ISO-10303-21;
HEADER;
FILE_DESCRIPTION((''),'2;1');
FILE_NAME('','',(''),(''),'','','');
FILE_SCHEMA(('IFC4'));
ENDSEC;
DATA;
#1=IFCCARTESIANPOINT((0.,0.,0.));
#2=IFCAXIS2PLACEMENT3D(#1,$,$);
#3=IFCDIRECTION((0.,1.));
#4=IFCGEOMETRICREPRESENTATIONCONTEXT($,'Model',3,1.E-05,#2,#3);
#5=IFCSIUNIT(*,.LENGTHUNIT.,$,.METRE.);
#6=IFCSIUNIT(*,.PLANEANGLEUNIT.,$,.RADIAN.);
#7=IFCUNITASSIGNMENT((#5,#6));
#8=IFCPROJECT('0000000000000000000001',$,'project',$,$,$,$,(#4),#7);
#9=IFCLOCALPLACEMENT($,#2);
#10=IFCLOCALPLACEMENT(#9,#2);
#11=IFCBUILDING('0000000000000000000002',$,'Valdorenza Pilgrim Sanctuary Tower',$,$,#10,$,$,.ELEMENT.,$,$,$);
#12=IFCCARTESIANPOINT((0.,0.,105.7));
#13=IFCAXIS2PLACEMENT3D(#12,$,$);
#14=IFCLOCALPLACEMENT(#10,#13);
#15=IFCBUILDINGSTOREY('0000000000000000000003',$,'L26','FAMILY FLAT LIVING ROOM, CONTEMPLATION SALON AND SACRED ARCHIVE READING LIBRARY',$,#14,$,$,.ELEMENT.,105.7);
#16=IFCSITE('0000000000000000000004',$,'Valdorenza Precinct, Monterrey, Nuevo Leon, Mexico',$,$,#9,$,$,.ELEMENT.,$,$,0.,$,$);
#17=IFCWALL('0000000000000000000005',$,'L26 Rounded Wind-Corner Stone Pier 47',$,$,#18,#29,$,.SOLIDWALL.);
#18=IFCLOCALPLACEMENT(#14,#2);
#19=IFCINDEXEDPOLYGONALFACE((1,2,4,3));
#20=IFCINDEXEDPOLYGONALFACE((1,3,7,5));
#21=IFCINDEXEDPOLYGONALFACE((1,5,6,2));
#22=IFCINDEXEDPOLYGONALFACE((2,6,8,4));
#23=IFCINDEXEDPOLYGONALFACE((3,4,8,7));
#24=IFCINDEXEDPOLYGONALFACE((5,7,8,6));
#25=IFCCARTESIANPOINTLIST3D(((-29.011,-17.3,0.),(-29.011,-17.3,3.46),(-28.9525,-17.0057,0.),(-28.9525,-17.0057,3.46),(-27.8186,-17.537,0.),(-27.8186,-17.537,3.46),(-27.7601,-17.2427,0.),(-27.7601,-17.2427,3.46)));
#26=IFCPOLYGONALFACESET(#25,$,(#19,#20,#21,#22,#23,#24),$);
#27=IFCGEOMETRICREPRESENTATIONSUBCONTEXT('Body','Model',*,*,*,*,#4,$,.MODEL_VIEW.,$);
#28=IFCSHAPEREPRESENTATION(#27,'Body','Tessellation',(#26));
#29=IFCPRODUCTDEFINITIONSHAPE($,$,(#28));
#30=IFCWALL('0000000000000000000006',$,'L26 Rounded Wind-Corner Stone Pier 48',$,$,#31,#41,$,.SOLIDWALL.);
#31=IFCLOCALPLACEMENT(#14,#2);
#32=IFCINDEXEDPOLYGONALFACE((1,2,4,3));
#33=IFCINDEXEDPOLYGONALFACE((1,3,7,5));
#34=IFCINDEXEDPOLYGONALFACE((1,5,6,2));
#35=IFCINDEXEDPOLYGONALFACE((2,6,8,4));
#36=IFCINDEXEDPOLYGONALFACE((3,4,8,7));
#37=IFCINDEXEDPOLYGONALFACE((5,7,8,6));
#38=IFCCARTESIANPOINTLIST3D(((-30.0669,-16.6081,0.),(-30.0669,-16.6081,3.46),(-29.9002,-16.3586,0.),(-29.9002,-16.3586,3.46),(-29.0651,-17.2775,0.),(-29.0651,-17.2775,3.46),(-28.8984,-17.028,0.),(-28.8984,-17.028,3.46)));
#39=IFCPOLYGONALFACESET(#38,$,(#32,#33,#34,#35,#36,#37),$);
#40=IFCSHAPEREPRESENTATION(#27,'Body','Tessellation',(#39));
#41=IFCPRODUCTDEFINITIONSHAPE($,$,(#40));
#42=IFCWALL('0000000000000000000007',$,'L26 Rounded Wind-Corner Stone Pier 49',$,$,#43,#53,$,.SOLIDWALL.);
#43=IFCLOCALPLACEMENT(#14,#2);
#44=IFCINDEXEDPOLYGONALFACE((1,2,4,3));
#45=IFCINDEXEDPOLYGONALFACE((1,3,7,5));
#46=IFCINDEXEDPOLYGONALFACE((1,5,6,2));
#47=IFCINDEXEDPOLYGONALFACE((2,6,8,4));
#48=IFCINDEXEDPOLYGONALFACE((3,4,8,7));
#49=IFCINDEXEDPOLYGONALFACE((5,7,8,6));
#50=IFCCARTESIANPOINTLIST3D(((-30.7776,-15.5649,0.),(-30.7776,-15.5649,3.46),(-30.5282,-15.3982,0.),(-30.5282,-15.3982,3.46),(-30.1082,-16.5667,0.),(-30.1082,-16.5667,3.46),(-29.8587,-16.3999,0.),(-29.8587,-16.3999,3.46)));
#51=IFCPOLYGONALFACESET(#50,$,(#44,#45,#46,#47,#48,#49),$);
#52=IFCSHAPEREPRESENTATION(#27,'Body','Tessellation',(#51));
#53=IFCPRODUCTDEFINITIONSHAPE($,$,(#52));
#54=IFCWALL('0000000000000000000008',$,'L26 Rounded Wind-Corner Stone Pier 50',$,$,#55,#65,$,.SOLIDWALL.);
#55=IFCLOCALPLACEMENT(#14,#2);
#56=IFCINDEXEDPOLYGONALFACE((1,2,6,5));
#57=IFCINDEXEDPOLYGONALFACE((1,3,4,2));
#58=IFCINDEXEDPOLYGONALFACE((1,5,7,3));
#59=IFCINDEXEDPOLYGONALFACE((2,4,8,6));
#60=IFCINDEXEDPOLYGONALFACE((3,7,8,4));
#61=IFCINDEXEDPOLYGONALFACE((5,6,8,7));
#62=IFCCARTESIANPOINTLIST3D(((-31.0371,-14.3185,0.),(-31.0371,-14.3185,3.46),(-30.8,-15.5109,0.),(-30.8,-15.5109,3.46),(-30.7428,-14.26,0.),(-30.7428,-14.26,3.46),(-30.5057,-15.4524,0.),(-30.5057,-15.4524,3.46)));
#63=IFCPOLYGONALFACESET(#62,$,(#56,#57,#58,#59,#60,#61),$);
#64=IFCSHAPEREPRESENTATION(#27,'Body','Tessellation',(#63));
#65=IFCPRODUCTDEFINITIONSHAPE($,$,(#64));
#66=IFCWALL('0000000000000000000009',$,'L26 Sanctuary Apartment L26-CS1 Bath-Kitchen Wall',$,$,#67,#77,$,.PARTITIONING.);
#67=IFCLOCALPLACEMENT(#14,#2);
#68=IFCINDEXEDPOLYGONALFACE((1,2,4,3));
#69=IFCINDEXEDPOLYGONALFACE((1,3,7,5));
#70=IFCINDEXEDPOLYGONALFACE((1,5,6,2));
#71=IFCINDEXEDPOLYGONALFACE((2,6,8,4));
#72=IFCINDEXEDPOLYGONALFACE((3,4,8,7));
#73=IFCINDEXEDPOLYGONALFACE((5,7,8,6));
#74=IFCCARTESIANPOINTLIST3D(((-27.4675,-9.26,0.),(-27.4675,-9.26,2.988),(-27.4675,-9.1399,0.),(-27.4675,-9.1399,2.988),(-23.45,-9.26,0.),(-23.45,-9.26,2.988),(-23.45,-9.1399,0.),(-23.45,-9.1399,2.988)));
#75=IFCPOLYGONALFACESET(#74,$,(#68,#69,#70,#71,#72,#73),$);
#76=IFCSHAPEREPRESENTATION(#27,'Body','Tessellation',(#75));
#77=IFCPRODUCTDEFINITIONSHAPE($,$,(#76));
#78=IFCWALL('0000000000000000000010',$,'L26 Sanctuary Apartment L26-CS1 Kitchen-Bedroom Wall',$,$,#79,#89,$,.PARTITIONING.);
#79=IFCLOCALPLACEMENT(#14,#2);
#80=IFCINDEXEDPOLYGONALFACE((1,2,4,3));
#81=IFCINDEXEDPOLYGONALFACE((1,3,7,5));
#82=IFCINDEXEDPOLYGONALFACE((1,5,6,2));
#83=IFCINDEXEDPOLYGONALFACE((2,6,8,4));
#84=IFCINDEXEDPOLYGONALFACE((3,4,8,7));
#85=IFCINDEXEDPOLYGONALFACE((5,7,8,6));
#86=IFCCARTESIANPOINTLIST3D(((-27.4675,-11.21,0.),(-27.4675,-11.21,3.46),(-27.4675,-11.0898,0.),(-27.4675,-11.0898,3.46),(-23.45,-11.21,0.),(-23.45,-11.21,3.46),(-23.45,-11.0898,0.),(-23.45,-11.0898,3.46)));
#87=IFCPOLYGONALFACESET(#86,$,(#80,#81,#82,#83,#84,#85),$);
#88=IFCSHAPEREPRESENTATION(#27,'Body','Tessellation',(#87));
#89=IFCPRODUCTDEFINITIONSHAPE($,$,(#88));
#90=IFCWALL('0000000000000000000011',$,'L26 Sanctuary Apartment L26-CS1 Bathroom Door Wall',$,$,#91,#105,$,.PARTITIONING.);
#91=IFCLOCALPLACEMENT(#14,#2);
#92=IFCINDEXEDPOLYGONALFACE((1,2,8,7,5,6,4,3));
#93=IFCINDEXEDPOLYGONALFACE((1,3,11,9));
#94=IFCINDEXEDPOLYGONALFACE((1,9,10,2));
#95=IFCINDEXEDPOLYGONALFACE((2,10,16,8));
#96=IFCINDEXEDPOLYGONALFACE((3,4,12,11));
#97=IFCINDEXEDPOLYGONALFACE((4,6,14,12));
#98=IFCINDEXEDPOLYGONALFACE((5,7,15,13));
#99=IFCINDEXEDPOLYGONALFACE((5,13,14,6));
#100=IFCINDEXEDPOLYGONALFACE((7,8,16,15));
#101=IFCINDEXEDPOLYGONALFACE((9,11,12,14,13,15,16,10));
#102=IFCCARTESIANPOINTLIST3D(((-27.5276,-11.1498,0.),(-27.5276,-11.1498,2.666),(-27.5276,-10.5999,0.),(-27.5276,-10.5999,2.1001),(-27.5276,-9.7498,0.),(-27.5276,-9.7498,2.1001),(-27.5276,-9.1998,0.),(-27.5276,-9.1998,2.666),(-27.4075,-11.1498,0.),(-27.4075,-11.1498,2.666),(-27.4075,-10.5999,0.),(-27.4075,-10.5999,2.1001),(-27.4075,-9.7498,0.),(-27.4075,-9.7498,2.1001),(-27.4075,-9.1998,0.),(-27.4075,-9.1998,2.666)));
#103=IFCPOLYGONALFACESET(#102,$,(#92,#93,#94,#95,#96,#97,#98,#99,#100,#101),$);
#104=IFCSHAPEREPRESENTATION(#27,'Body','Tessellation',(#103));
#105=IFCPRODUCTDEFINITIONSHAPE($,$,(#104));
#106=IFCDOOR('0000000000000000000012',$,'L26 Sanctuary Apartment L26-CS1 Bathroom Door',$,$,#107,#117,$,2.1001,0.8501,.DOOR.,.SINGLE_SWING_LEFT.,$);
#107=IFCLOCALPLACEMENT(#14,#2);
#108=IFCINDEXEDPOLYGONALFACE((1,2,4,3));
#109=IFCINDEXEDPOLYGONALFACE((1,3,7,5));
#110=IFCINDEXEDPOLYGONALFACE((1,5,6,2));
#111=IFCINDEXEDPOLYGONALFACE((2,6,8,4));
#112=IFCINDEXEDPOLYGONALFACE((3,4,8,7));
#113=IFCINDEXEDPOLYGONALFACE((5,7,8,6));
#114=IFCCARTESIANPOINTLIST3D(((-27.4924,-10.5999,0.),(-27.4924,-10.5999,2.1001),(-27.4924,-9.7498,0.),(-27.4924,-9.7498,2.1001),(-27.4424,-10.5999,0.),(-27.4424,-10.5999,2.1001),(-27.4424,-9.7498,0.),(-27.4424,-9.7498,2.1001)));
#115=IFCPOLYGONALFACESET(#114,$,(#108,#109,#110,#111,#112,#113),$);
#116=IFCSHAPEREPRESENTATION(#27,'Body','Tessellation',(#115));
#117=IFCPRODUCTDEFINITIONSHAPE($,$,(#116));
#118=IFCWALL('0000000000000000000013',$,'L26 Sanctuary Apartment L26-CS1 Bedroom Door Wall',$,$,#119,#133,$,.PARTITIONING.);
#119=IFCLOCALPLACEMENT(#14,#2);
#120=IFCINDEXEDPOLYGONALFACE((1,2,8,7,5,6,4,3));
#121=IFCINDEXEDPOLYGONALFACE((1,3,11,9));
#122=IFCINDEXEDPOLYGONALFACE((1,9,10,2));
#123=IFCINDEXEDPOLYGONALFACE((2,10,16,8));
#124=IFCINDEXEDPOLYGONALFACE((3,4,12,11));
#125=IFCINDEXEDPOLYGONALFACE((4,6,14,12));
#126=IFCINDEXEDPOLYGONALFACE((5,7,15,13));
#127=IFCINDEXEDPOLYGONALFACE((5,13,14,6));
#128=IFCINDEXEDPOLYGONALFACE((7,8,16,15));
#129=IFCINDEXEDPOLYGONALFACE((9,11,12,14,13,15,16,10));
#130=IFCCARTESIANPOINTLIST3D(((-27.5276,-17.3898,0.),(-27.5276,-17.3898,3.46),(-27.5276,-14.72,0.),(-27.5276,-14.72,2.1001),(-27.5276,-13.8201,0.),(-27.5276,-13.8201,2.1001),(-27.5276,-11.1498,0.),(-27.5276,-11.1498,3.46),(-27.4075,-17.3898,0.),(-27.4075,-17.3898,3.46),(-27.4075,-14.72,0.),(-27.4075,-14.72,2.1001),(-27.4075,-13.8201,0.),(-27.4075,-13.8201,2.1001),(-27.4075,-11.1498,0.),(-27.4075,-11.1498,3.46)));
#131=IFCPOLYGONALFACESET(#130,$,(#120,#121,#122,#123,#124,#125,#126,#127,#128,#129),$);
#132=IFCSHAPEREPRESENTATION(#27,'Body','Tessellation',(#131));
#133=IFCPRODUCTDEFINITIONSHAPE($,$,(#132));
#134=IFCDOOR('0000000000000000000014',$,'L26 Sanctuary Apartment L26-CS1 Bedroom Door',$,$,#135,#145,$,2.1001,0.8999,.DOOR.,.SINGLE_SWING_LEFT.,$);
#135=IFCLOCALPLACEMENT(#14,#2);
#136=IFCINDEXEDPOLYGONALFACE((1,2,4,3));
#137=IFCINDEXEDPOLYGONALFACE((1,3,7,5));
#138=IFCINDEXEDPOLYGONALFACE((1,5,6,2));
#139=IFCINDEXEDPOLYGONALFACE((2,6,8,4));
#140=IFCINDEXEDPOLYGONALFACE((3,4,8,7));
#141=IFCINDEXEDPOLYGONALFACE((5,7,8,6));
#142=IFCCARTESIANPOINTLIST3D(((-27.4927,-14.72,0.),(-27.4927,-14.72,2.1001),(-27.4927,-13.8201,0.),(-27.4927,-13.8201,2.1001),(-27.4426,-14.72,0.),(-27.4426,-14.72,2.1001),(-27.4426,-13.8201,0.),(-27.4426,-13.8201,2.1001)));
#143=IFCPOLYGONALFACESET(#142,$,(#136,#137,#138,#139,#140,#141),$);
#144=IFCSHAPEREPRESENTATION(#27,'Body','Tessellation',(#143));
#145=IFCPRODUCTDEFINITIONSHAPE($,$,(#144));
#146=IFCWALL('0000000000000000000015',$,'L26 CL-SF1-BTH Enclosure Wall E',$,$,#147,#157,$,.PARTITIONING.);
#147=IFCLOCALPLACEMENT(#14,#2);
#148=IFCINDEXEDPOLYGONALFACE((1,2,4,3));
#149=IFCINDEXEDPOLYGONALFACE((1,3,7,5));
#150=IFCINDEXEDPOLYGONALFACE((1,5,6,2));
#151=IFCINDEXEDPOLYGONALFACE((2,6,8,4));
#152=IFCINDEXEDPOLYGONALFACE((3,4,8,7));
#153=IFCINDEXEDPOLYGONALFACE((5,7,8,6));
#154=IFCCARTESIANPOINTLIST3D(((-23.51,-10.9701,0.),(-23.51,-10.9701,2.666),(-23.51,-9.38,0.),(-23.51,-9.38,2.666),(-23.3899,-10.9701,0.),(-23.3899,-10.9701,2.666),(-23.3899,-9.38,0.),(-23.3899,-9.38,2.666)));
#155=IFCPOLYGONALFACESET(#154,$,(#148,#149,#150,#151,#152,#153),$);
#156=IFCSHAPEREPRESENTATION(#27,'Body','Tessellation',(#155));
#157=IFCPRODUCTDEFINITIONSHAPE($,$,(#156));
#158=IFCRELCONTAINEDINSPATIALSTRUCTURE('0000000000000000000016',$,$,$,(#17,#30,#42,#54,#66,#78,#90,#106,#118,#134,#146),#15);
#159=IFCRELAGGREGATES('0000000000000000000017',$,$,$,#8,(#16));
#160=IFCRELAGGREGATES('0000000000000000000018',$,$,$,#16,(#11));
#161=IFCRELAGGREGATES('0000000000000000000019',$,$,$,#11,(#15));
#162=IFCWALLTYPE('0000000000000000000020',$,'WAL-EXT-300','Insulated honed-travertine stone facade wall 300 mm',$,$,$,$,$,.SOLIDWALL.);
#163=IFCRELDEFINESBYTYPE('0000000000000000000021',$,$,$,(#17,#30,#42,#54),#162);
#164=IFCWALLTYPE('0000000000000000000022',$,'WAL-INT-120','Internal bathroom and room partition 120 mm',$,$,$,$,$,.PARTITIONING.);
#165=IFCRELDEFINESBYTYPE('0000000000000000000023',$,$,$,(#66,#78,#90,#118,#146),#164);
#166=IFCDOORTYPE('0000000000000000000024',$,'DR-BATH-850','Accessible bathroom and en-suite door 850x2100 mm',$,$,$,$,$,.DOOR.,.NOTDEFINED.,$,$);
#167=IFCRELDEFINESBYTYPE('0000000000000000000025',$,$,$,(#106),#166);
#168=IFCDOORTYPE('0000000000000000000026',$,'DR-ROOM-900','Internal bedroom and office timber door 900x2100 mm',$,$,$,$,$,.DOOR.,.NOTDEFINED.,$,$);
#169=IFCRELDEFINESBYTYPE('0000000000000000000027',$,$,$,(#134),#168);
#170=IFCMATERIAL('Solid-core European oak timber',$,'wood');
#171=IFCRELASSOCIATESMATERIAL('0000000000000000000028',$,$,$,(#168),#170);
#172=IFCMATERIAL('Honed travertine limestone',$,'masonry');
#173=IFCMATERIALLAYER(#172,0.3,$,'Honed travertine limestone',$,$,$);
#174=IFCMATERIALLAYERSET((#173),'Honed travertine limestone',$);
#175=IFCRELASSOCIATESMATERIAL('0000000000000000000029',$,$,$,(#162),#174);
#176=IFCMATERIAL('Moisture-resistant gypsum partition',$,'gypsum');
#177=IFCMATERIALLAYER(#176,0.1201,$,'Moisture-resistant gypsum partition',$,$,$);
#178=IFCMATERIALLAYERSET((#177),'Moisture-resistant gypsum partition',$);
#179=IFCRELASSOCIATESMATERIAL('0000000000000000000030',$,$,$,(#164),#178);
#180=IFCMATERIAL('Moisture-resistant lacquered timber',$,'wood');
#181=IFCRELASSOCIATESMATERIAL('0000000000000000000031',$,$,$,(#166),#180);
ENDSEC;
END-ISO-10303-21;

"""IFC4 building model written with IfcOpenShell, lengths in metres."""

from ifc_helpers import new_model, si_unit, direction, frame, frame_2d, origin, place, context, subcontext, project, spatial, rectangle, extrude, material, layer, layer_set, type_object, element, fill, save


model = new_model("IFC4")

# Units and contexts
model_context = context("Model", 3, precision=1e-05, world=origin(), true_north=direction((0.0, 1.0)))
body_context = subcontext(model_context, "Body", "Model", "MODEL_VIEW")
ifc_project = project(units=[si_unit("LENGTHUNIT", "METRE"), si_unit("PLANEANGLEUNIT", "RADIAN")], contexts=[model_context])

# Site, building, storey
site_placement = place(None, origin())
site = spatial("IfcSite", under=ifc_project, at=site_placement, Name="Valdorenza Precinct, Monterrey, Nuevo Leon, Mexico", CompositionType="ELEMENT", RefElevation=0.0)
building_placement = place(site_placement, origin())
building = spatial("IfcBuilding", under=site, at=building_placement, Name="Valdorenza Pilgrim Sanctuary Tower", CompositionType="ELEMENT")
storey_placement = place(building_placement, frame((0.0, 0.0, 105.7)))
storey = spatial("IfcBuildingStorey", under=building, at=storey_placement, Name="L26", Description="FAMILY FLAT LIVING ROOM, CONTEMPLATION SALON AND SACRED ARCHIVE READING LIBRARY", CompositionType="ELEMENT", Elevation=105.7)

# Shared definitions
ifc_material_1 = material(Name="Honed travertine limestone", Category="masonry")

# Shared definitions
ifc_material_2 = material(Name="Solid-core European oak timber", Category="wood")
door_type_1 = type_object("IfcDoorType", Name="DR-ROOM-900", Description="Internal bedroom and office timber door 900x2100 mm", OperationType="NOTDEFINED", PredefinedType="DOOR", material=ifc_material_2)

# Walls
ifc_layer_1 = layer(ifc_material_1, 0.3, Name="Honed travertine limestone")
ifc_layer_set_1 = layer_set([ifc_layer_1], Name="Honed travertine limestone")
wall_type_1 = type_object("IfcWallType", Name="WAL-EXT-300", Description="Insulated honed-travertine stone facade wall 300 mm", PredefinedType="SOLIDWALL", material=ifc_layer_set_1)
wall_1_placement = place(storey_placement, frame((-27.7893, -17.3899, 0.0), z_axis=(0.0, 0.0, 1.0), x_axis=(-0.980804, 0.194996, 0.0)))
element("IfcWall", 1, at=wall_1_placement, inside=storey, type_object=wall_type_1, Name="L26 Rounded Wind-Corner Stone Pier 47", PredefinedType="SOLIDWALL", context=body_context, shape_type="SweptSolid", body=[
    extrude(rectangle(XDim=1.2158, YDim=0.3, at=frame_2d((0.6079, 0.0))), origin(), (0.0, 0.0, 1.0), 3.46),
])
for number, where, z_axis, x_axis, name in (
    (2, (-28.9817, -17.1528, 0.0), (0.0, 0.0, 1.0), (-0.831426, 0.555635, 0.0), "L26 Rounded Wind-Corner Stone Pier 48"),
    (3, (-29.9834, -16.4834, 0.0), (0.0, 0.0, 1.0), (-0.555635, 0.831426, 0.0), "L26 Rounded Wind-Corner Stone Pier 49"),
):
    element("IfcWall", number, at=place(storey_placement, frame(where, z_axis=z_axis, x_axis=x_axis)), inside=storey, type_object=wall_type_1, Name=name, PredefinedType="SOLIDWALL", context=body_context, shape_type="SweptSolid", body=[
        extrude(rectangle(XDim=1.2048, YDim=0.3, at=frame_2d((0.6025, 0.0))), origin(), (0.0, 0.0, 1.0), 3.46),
    ])
wall_2_placement = place(storey_placement, frame((-30.6528, -15.4817, 0.0), z_axis=(0.0, 0.0, 1.0), x_axis=(-0.194996, 0.980804, 0.0)))
element("IfcWall", 4, at=wall_2_placement, inside=storey, type_object=wall_type_1, Name="L26 Rounded Wind-Corner Stone Pier 50", PredefinedType="SOLIDWALL", context=body_context, shape_type="SweptSolid", body=[
    extrude(rectangle(XDim=1.2158, YDim=0.3, at=frame_2d((0.6079, 0.0))), origin(), (0.0, 0.0, 1.0), 3.46),
])
ifc_material_3 = material(Name="Moisture-resistant gypsum partition", Category="gypsum")
ifc_layer_2 = layer(ifc_material_3, 0.1201, Name="Moisture-resistant gypsum partition")
ifc_layer_set_2 = layer_set([ifc_layer_2], Name="Moisture-resistant gypsum partition")
wall_type_2 = type_object("IfcWallType", Name="WAL-INT-120", Description="Internal bathroom and room partition 120 mm", PredefinedType="PARTITIONING", material=ifc_layer_set_2)
wall_3_placement = place(storey_placement, frame((-27.4675, -9.2, 0.0), z_axis=(0.0, 0.0, 1.0), x_axis=(1.0, 0.0, 0.0)))
element("IfcWall", 5, at=wall_3_placement, inside=storey, type_object=wall_type_2, Name="L26 Sanctuary Apartment L26-CS1 Bath-Kitchen Wall", PredefinedType="PARTITIONING", context=body_context, shape_type="SweptSolid", body=[
    extrude(rectangle(XDim=4.0176, YDim=0.1201, at=frame_2d((2.0088, 0.0))), origin(), (0.0, 0.0, 1.0), 2.988),
])
wall_4_placement = place(storey_placement, frame((-27.4675, -11.1499, 0.0), z_axis=(0.0, 0.0, 1.0), x_axis=(1.0, 0.0, 0.0)))
element("IfcWall", 6, at=wall_4_placement, inside=storey, type_object=wall_type_2, Name="L26 Sanctuary Apartment L26-CS1 Kitchen-Bedroom Wall", PredefinedType="PARTITIONING", context=body_context, shape_type="SweptSolid", body=[
    extrude(rectangle(XDim=4.0176, YDim=0.1201, at=frame_2d((2.0088, 0.0))), origin(), (0.0, 0.0, 1.0), 3.46),
])

# Walls, openings, doors
wall_5_placement = place(storey_placement, frame((-27.4675, -11.1499, 0.0), z_axis=(0.0, 0.0, 1.0), x_axis=(0.0, 1.0, 0.0)))
wall_5 = element("IfcWall", 7, at=wall_5_placement, inside=storey, type_object=wall_type_2, Name="L26 Sanctuary Apartment L26-CS1 Bathroom Door Wall", PredefinedType="PARTITIONING", context=body_context, shape_type="SweptSolid", body=[
    extrude(rectangle(XDim=1.95, YDim=0.1201, at=frame_2d((0.9751, 0.0))), origin(), (0.0, 0.0, 1.0), 2.666),
])
opening_1_placement = place(wall_5_placement, frame((0.55, 0.0, 0.0)))
opening_1 = element("IfcOpeningElement", 8, at=opening_1_placement, cuts=wall_5, PredefinedType="OPENING", context=body_context, shape_type="SweptSolid", body=[
    extrude(rectangle(XDim=0.8501, YDim=2.1001, at=frame_2d((0.425, 1.05))), frame((0.0, 0.075, 0.0), z_axis=(0.0, -1.0, 0.0), x_axis=(1.0, 0.0, 0.0)), (0.0, 0.0, 1.0), 0.1499),
])
ifc_material_4 = material(Name="Moisture-resistant lacquered timber", Category="wood")
door_type_2 = type_object("IfcDoorType", Name="DR-BATH-850", Description="Accessible bathroom and en-suite door 850x2100 mm", OperationType="NOTDEFINED", PredefinedType="DOOR", material=ifc_material_4)
door_1_placement = place(opening_1_placement, origin())
door_1 = element("IfcDoor", 9, at=door_1_placement, inside=storey, type_object=door_type_2, Name="L26 Sanctuary Apartment L26-CS1 Bathroom Door", OperationType="SINGLE_SWING_LEFT", OverallHeight=2.1001, OverallWidth=0.8501, PredefinedType="DOOR", context=body_context, shape_type="SweptSolid", body=[
    extrude(rectangle(XDim=0.8501, YDim=2.1001, at=frame_2d((0.425, 1.05))), frame((0.0, 0.0249, 0.0), z_axis=(0.0, -1.0, 0.0), x_axis=(1.0, 0.0, 0.0)), (0.0, 0.0, 1.0), 0.05),
])
fill(opening_1, door_1)
wall_6_placement = place(storey_placement, frame((-27.4675, -17.3899, 0.0), z_axis=(0.0, 0.0, 1.0), x_axis=(0.0, 1.0, 0.0)))
wall_6 = element("IfcWall", 10, at=wall_6_placement, inside=storey, type_object=wall_type_2, Name="L26 Sanctuary Apartment L26-CS1 Bedroom Door Wall", PredefinedType="PARTITIONING", context=body_context, shape_type="SweptSolid", body=[
    extrude(rectangle(XDim=6.24, YDim=0.1201, at=frame_2d((3.1201, 0.0))), origin(), (0.0, 0.0, 1.0), 3.46),
])
opening_2_placement = place(wall_6_placement, frame((2.6699, 0.0, 0.0)))
opening_2 = element("IfcOpeningElement", 11, at=opening_2_placement, cuts=wall_6, PredefinedType="OPENING", context=body_context, shape_type="SweptSolid", body=[
    extrude(rectangle(XDim=0.8999, YDim=2.1001, at=frame_2d((0.45, 1.05))), frame((0.0, 0.075, 0.0), z_axis=(0.0, -1.0, 0.0), x_axis=(1.0, 0.0, 0.0)), (0.0, 0.0, 1.0), 0.1499),
])
door_2_placement = place(opening_2_placement, frame((0.8999, 0.0, 0.0), z_axis=(0.0, 0.0, 1.0), x_axis=(-1.0, 0.0, 0.0)))
door_2 = element("IfcDoor", 12, at=door_2_placement, inside=storey, type_object=door_type_1, Name="L26 Sanctuary Apartment L26-CS1 Bedroom Door", OperationType="SINGLE_SWING_LEFT", OverallHeight=2.1001, OverallWidth=0.8999, PredefinedType="DOOR", context=body_context, shape_type="SweptSolid", body=[
    extrude(rectangle(XDim=0.8999, YDim=2.1001, at=frame_2d((0.45, 1.05))), frame((0.0, 0.0249, 0.0), z_axis=(0.0, -1.0, 0.0), x_axis=(1.0, 0.0, 0.0)), (0.0, 0.0, 1.0), 0.05),
])
fill(opening_2, door_2)

# Wall
wall_7_placement = place(storey_placement, frame((-23.45, -10.97, 0.0), z_axis=(0.0, 0.0, 1.0), x_axis=(0.0, 1.0, 0.0)))
element("IfcWall", 13, at=wall_7_placement, inside=storey, type_object=wall_type_2, Name="L26 CL-SF1-BTH Enclosure Wall E", PredefinedType="PARTITIONING", context=body_context, shape_type="SweptSolid", body=[
    extrude(rectangle(XDim=1.5901, YDim=0.1201, at=frame_2d((0.7949, 0.0))), origin(), (0.0, 0.0, 1.0), 2.666),
])

save(model, "model.ifc")
